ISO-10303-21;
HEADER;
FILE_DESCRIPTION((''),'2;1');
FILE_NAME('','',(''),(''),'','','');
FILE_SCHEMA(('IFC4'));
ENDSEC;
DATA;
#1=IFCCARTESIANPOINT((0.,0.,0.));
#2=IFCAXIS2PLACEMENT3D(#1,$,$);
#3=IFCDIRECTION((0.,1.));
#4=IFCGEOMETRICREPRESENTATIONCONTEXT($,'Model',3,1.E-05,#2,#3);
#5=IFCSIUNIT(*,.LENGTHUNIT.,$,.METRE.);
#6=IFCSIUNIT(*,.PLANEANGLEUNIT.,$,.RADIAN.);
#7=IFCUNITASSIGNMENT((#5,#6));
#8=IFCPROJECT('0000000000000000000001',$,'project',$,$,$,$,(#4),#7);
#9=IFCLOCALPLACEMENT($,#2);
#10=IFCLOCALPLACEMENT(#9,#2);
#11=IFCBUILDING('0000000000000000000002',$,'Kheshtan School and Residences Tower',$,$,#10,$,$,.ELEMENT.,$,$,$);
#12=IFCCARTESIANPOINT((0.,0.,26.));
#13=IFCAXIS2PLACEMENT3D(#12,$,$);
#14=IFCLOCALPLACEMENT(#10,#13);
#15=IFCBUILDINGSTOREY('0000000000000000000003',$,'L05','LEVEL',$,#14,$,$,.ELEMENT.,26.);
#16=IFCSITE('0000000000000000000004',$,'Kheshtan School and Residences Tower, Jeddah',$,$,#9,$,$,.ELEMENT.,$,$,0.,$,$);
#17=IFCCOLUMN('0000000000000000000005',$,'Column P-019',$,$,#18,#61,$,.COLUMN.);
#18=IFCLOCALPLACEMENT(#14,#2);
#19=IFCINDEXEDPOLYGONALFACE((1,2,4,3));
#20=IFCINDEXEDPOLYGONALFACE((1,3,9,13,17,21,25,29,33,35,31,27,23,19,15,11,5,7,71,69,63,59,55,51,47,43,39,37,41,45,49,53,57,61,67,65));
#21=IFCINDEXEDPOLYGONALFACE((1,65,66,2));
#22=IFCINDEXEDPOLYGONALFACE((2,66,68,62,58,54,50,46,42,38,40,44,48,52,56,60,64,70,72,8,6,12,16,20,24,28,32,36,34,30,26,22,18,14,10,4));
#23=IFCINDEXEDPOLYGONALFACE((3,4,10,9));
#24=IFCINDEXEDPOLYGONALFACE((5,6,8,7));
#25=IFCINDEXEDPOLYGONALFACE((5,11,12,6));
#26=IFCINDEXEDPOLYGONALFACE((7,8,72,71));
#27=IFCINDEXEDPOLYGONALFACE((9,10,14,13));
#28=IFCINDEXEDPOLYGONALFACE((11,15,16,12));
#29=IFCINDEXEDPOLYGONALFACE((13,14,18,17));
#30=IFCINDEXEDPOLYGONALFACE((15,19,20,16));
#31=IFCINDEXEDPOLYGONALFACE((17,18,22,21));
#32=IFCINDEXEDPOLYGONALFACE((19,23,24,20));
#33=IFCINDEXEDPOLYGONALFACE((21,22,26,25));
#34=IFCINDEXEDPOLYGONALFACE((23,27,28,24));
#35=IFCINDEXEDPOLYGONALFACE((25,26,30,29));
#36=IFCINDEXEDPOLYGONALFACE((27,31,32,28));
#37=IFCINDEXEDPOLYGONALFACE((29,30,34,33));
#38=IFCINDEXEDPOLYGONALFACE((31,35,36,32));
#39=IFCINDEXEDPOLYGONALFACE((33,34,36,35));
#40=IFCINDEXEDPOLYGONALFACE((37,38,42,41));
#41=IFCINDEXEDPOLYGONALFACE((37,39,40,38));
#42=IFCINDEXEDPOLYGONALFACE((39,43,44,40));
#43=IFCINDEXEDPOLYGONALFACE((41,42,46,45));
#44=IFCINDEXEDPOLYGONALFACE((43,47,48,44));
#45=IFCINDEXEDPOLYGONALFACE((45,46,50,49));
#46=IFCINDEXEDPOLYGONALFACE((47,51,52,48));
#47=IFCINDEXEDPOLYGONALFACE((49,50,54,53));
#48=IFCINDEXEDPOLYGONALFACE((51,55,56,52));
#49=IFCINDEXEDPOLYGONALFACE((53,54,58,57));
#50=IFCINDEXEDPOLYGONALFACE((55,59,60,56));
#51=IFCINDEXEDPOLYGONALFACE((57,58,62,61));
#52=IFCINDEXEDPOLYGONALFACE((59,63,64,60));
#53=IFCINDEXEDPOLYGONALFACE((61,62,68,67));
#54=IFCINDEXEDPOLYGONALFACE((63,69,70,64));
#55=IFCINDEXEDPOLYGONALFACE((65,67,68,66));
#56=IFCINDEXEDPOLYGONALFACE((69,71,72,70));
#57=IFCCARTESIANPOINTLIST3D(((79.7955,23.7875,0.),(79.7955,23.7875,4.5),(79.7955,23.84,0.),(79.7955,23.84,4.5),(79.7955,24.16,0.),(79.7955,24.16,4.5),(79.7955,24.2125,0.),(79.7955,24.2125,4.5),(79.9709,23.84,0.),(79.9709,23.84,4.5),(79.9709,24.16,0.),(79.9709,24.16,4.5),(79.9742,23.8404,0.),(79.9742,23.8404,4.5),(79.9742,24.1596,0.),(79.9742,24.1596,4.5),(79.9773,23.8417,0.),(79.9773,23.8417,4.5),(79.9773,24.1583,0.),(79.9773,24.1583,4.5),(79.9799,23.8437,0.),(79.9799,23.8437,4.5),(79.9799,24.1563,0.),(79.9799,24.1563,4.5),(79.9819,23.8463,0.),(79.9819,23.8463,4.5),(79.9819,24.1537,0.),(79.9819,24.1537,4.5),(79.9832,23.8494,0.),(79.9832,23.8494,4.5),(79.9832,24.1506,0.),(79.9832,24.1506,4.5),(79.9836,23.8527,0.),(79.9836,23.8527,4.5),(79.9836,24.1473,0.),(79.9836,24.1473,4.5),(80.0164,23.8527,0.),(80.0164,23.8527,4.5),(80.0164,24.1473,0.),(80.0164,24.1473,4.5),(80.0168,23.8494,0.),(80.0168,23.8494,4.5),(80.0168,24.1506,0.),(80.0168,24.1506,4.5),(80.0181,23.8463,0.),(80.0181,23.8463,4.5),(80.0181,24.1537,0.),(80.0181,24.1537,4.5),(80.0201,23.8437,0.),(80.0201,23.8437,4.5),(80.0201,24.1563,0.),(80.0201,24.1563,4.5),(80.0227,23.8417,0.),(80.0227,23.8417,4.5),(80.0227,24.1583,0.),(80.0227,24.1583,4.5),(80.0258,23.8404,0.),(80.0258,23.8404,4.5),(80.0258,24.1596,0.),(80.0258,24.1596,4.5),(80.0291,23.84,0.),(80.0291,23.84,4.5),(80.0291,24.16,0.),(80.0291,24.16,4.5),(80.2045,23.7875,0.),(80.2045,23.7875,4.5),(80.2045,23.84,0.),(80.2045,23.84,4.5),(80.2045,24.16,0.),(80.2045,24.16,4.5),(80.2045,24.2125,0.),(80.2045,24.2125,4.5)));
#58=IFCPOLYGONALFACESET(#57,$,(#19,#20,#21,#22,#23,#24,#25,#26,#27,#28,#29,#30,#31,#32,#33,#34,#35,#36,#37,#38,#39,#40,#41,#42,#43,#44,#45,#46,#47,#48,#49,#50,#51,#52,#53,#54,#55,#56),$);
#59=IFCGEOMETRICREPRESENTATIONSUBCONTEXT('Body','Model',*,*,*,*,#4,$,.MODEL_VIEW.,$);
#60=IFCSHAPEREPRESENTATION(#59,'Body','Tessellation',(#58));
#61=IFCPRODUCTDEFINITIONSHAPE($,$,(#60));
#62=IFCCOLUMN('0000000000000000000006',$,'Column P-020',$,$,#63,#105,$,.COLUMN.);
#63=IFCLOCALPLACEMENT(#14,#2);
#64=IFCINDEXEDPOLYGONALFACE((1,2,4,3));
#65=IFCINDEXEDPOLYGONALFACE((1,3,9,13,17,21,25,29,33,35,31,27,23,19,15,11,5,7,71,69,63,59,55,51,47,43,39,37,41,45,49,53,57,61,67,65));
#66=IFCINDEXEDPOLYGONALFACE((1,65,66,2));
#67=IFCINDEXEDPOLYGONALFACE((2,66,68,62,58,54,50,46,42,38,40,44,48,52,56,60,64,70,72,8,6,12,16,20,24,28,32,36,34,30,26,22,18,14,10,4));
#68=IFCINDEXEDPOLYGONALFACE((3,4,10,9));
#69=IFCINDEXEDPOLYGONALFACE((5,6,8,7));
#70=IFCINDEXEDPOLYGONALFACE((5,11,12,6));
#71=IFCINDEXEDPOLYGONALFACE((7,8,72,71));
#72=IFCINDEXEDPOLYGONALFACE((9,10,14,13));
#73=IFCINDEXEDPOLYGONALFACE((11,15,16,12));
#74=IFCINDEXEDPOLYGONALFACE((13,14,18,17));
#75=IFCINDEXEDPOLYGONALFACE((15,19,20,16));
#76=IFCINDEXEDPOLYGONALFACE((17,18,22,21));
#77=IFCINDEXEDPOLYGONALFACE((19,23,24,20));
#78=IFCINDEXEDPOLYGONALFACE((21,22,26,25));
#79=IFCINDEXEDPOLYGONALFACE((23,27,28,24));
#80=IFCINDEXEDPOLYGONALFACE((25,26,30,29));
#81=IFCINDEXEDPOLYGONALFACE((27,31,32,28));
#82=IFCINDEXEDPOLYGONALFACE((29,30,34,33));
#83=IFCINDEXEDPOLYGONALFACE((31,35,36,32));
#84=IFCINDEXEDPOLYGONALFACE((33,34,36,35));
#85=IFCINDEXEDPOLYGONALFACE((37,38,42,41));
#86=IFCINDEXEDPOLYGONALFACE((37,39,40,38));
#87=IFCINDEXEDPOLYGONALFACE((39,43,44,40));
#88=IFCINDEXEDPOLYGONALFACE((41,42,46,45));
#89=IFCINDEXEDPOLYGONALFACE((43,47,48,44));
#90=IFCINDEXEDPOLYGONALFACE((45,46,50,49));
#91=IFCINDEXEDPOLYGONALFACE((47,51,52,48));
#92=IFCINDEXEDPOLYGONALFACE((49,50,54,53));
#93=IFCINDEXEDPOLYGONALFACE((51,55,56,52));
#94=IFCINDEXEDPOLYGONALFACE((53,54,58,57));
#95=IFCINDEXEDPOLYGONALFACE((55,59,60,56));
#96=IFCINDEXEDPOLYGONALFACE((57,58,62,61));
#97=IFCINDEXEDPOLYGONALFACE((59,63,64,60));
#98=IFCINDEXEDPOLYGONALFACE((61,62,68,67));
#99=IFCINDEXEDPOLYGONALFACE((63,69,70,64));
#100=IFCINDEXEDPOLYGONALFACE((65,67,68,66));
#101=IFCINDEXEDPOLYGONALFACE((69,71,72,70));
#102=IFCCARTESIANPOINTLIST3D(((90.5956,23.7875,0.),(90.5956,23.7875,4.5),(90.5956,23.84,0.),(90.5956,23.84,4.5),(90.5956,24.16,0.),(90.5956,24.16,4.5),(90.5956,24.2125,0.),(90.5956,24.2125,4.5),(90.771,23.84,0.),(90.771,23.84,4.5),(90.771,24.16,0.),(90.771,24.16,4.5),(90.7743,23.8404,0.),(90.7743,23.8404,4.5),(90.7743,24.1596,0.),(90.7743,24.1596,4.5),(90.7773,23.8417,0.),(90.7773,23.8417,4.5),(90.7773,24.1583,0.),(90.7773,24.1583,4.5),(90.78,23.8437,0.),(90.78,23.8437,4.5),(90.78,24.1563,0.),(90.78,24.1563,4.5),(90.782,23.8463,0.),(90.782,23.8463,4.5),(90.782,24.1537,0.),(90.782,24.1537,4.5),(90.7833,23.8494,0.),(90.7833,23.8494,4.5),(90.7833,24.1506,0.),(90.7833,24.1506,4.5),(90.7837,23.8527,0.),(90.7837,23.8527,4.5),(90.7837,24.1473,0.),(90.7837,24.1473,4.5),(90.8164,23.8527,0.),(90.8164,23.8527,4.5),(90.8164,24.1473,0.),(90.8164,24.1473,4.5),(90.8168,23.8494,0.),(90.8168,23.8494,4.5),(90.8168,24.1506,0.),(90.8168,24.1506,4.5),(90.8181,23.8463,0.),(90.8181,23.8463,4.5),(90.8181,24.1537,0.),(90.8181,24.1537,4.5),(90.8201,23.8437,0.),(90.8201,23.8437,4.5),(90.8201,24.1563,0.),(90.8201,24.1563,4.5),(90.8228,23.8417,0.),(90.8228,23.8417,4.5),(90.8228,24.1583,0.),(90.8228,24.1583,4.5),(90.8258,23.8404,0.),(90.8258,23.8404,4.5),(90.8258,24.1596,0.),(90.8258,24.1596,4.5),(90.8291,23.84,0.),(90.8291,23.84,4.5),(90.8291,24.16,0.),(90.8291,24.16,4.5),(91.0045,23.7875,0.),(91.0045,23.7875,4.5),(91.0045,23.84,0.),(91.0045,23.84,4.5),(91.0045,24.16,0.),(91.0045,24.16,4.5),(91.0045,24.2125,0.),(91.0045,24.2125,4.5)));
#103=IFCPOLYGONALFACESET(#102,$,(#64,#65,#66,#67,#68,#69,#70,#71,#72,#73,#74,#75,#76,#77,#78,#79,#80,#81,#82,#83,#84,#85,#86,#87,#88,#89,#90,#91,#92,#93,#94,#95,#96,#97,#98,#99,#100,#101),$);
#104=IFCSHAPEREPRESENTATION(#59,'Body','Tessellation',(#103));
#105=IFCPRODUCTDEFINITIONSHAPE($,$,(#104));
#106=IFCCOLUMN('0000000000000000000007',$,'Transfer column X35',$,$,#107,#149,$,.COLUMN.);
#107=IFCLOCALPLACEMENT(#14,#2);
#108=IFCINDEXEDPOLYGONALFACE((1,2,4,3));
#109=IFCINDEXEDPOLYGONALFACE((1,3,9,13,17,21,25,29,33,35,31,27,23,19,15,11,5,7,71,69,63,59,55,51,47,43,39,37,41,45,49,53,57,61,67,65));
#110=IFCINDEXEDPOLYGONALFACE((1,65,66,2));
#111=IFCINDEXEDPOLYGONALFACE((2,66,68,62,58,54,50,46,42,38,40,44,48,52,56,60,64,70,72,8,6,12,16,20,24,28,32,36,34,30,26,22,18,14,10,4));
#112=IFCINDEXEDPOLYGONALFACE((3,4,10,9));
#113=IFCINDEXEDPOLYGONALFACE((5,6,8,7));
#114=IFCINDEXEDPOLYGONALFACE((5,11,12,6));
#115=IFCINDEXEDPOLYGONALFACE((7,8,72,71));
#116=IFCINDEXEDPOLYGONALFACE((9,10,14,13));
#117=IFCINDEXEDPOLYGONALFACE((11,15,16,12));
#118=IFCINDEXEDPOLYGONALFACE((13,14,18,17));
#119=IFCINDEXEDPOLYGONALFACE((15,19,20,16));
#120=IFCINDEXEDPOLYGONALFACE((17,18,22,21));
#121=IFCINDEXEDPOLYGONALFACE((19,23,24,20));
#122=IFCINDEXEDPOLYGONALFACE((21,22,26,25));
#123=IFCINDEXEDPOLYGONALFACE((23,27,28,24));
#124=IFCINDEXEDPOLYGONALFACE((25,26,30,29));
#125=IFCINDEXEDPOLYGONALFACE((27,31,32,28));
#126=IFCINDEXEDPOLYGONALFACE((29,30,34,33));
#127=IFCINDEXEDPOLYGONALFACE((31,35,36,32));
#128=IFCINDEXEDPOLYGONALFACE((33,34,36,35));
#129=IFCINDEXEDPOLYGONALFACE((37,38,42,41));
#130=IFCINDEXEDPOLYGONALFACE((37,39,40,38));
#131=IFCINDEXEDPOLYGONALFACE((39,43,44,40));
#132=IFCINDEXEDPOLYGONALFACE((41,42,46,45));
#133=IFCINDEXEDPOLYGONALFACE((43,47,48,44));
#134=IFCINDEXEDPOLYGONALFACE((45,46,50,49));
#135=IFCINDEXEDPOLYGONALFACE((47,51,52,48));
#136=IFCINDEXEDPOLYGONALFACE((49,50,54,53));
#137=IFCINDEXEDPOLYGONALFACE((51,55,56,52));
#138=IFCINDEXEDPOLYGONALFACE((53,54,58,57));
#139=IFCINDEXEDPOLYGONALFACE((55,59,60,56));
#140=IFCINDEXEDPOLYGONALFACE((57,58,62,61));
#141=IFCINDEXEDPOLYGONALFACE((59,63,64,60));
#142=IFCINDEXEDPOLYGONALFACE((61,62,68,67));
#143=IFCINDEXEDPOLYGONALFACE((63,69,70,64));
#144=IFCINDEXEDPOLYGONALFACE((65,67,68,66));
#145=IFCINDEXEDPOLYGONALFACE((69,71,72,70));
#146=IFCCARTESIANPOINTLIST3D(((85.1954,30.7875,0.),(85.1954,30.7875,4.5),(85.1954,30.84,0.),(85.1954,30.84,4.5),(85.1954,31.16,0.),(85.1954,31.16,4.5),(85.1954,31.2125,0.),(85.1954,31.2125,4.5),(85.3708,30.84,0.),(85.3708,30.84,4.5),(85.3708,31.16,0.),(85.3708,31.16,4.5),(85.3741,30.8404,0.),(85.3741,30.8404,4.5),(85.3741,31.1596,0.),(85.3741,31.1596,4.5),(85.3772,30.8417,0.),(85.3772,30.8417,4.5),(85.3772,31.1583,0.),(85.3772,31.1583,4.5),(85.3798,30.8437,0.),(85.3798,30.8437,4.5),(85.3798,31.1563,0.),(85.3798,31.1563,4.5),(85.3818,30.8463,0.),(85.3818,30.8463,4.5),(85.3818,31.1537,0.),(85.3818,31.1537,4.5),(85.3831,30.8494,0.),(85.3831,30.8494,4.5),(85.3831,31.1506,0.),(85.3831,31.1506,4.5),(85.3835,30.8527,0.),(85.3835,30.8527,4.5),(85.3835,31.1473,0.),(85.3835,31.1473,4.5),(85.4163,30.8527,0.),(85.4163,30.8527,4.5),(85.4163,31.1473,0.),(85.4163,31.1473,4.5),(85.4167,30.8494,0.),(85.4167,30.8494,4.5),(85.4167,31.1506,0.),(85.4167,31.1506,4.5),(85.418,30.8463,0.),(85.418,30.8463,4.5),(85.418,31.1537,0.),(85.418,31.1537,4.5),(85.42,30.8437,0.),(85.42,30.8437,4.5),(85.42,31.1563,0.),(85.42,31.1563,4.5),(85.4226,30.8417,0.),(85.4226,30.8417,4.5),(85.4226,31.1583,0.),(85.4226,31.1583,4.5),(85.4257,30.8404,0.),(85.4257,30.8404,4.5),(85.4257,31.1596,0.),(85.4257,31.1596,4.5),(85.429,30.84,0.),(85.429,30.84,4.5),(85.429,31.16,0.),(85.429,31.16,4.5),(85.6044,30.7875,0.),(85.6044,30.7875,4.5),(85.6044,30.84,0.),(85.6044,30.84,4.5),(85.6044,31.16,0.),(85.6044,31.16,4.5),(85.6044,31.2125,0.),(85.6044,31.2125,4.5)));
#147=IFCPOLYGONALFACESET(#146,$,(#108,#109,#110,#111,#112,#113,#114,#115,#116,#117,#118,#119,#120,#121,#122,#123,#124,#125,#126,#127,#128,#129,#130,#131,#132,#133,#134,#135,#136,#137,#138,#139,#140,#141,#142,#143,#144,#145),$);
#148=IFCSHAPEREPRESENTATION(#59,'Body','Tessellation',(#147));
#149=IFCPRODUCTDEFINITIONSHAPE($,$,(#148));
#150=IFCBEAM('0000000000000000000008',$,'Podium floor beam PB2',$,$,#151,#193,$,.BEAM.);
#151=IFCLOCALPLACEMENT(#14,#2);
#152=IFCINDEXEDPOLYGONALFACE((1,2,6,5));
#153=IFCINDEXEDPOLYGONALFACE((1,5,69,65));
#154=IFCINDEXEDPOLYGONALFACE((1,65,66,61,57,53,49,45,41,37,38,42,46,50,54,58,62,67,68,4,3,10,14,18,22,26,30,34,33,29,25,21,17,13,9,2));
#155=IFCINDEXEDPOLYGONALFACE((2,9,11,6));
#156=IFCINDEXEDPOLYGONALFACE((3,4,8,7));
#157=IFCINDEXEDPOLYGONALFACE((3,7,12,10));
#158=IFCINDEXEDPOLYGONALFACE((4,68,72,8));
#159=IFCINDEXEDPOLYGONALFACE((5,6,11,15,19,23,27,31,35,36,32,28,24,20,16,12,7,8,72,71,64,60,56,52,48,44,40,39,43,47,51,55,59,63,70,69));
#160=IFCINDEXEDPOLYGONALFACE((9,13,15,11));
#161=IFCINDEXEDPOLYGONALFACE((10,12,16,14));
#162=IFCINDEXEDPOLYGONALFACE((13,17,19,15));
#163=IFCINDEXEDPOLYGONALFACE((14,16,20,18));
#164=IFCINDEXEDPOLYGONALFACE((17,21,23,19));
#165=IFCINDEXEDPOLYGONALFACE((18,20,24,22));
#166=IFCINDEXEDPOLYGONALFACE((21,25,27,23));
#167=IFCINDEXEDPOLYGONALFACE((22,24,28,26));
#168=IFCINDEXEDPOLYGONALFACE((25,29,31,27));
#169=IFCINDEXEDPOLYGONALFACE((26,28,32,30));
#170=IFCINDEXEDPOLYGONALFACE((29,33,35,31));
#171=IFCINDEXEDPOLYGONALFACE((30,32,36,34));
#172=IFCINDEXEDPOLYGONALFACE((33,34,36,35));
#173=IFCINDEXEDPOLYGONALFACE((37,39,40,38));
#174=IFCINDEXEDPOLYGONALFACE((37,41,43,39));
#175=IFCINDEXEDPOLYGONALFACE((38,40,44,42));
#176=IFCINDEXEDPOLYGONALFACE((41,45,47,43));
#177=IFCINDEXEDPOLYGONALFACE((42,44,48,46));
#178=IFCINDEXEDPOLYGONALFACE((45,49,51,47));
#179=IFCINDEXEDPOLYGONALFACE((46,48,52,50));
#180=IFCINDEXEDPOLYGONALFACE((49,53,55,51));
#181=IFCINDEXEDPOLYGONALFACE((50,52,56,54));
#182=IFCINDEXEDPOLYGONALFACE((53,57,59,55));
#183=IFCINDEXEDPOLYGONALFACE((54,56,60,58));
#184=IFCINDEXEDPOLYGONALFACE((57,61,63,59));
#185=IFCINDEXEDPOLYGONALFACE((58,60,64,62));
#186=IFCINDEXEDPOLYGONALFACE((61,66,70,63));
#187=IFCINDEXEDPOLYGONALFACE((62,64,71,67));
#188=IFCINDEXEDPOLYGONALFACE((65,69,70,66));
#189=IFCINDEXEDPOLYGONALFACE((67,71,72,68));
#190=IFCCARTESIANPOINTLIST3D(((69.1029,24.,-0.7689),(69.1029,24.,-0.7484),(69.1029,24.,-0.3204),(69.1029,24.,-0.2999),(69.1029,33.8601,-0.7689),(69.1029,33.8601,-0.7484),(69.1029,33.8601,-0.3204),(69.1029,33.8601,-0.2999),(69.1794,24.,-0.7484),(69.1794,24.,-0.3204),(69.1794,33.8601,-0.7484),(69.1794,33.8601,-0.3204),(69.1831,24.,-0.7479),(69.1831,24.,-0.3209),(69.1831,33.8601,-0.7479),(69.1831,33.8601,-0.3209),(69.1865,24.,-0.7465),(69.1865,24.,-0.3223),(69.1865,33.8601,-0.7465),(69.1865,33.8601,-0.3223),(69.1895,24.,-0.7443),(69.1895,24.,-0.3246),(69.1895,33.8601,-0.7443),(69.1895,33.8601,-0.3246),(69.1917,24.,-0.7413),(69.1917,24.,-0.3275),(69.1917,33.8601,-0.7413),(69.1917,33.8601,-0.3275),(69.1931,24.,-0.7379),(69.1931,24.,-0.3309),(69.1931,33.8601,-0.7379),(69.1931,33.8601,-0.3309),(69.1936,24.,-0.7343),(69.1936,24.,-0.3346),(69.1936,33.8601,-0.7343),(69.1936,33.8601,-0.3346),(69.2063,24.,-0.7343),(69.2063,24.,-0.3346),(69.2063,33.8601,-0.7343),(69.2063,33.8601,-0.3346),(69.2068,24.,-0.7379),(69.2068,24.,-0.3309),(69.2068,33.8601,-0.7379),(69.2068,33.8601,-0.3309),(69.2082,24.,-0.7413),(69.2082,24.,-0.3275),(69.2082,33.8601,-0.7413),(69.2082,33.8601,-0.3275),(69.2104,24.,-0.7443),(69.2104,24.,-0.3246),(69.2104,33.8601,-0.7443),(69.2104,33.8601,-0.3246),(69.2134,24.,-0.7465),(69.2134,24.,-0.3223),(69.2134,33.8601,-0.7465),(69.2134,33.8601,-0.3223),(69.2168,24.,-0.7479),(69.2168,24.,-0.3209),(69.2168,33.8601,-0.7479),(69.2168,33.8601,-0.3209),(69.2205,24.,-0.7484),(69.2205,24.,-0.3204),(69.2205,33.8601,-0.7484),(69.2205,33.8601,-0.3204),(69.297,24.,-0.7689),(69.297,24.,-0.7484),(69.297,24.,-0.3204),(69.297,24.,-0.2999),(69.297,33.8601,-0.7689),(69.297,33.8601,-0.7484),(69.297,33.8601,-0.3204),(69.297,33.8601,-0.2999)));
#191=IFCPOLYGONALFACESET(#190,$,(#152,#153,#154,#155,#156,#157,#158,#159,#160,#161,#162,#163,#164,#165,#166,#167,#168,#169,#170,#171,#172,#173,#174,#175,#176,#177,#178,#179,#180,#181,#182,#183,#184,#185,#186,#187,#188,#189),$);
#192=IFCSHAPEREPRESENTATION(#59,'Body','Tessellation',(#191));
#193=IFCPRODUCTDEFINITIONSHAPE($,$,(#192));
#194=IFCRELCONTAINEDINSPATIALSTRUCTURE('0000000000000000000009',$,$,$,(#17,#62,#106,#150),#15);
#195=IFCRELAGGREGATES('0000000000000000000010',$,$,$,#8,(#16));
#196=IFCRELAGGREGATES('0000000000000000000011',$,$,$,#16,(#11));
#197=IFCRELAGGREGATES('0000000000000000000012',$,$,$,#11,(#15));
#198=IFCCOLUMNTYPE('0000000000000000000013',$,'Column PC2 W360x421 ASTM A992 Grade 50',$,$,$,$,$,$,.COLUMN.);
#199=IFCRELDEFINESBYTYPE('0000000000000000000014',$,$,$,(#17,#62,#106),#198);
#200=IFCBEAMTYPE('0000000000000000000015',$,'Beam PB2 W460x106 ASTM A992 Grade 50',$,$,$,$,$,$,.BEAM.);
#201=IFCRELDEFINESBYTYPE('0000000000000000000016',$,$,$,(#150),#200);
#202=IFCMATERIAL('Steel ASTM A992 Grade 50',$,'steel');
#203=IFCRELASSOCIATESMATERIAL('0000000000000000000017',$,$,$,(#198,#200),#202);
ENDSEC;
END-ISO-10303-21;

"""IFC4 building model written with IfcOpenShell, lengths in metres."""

from ifc_helpers import new_model, si_unit, direction, frame, origin, origin_2d, place, context, subcontext, project, spatial, i_section, extrude, material, material_profile, profile_set, type_object, element, save


model = new_model("IFC4")

# Units and contexts
model_context = context("Model", 3, precision=1e-05, world=origin(), true_north=direction((0.0, 1.0)))
body_context = subcontext(model_context, "Body", "Model", "MODEL_VIEW")
ifc_project = project(units=[si_unit("LENGTHUNIT", "METRE"), si_unit("PLANEANGLEUNIT", "RADIAN")], contexts=[model_context])

# Site, building, storey
site_placement = place(None, origin())
site = spatial("IfcSite", under=ifc_project, at=site_placement, Name="Kheshtan School and Residences Tower, Jeddah", CompositionType="ELEMENT", RefElevation=0.0)
building_placement = place(site_placement, origin())
building = spatial("IfcBuilding", under=site, at=building_placement, Name="Kheshtan School and Residences Tower", CompositionType="ELEMENT")
storey_placement = place(building_placement, frame((0.0, 0.0, 26.0)))
storey = spatial("IfcBuildingStorey", under=building, at=storey_placement, Name="L05", Description="LEVEL", CompositionType="ELEMENT", Elevation=26.0)

# Columns
ifc_material_1 = material(Name="Steel ASTM A992 Grade 50", Category="steel")
ifc_material_profile_1 = material_profile(ifc_material_1, i_section(OverallWidth=0.4089, OverallDepth=0.425, WebThickness=0.0327, FlangeThickness=0.0525, FilletRadius=0.0127, at=origin_2d()), Name="W360x421")
ifc_profile_set_1 = profile_set([ifc_material_profile_1], Name="Steel ASTM A992 Grade 50")
column_type = type_object("IfcColumnType", Name="Column PC2 W360x421 ASTM A992 Grade 50", PredefinedType="COLUMN", material=ifc_profile_set_1)
for number, where, z_axis, x_axis, name in (
    (1, (80.0, 24.0, 0.0), (0.0, 0.0, 1.0), (1.0, 0.0, 0.0), "Column P-019"),
    (2, (90.8, 24.0, 0.0), (0.0, 0.0, 1.0), (1.0, 0.0, 0.0), "Column P-020"),
    (3, (85.3999, 31.0, 0.0), (0.0, 0.0, 1.0), (1.0, 0.0, 0.0), "Transfer column X35"),
):
    element("IfcColumn", number, at=place(storey_placement, frame(where, z_axis=z_axis, x_axis=x_axis)), inside=storey, type_object=column_type, Name=name, PredefinedType="COLUMN", context=body_context, shape_type="SweptSolid", body=[
        extrude(i_section(OverallWidth=0.4089, OverallDepth=0.425, WebThickness=0.0327, FlangeThickness=0.0525, FilletRadius=0.0127, at=origin_2d()), origin(), (0.0, 0.0, 1.0), 4.5),
    ])

# Beam
ifc_material_profile_2 = material_profile(ifc_material_1, i_section(OverallWidth=0.1941, OverallDepth=0.469, WebThickness=0.0127, FlangeThickness=0.0205, FilletRadius=0.0142, at=origin_2d()), Name="W460x106")
ifc_profile_set_2 = profile_set([ifc_material_profile_2], Name="Steel ASTM A992 Grade 50")
beam_type = type_object("IfcBeamType", Name="Beam PB2 W460x106 ASTM A992 Grade 50", PredefinedType="BEAM", material=ifc_profile_set_2)
beam_1_placement = place(storey_placement, frame((69.2, 24.0, -0.5344), z_axis=(0.0, 1.0, 0.0), x_axis=(-1.0, 0.0, 0.0)))
element("IfcBeam", 4, at=beam_1_placement, inside=storey, type_object=beam_type, Name="Podium floor beam PB2", PredefinedType="BEAM", context=body_context, shape_type="SweptSolid", body=[
    extrude(i_section(OverallWidth=0.1941, OverallDepth=0.469, WebThickness=0.0127, FlangeThickness=0.0205, FilletRadius=0.0142, at=origin_2d()), origin(), (0.0, 0.0, 1.0), 9.8601),
])

save(model, "model.ifc")
